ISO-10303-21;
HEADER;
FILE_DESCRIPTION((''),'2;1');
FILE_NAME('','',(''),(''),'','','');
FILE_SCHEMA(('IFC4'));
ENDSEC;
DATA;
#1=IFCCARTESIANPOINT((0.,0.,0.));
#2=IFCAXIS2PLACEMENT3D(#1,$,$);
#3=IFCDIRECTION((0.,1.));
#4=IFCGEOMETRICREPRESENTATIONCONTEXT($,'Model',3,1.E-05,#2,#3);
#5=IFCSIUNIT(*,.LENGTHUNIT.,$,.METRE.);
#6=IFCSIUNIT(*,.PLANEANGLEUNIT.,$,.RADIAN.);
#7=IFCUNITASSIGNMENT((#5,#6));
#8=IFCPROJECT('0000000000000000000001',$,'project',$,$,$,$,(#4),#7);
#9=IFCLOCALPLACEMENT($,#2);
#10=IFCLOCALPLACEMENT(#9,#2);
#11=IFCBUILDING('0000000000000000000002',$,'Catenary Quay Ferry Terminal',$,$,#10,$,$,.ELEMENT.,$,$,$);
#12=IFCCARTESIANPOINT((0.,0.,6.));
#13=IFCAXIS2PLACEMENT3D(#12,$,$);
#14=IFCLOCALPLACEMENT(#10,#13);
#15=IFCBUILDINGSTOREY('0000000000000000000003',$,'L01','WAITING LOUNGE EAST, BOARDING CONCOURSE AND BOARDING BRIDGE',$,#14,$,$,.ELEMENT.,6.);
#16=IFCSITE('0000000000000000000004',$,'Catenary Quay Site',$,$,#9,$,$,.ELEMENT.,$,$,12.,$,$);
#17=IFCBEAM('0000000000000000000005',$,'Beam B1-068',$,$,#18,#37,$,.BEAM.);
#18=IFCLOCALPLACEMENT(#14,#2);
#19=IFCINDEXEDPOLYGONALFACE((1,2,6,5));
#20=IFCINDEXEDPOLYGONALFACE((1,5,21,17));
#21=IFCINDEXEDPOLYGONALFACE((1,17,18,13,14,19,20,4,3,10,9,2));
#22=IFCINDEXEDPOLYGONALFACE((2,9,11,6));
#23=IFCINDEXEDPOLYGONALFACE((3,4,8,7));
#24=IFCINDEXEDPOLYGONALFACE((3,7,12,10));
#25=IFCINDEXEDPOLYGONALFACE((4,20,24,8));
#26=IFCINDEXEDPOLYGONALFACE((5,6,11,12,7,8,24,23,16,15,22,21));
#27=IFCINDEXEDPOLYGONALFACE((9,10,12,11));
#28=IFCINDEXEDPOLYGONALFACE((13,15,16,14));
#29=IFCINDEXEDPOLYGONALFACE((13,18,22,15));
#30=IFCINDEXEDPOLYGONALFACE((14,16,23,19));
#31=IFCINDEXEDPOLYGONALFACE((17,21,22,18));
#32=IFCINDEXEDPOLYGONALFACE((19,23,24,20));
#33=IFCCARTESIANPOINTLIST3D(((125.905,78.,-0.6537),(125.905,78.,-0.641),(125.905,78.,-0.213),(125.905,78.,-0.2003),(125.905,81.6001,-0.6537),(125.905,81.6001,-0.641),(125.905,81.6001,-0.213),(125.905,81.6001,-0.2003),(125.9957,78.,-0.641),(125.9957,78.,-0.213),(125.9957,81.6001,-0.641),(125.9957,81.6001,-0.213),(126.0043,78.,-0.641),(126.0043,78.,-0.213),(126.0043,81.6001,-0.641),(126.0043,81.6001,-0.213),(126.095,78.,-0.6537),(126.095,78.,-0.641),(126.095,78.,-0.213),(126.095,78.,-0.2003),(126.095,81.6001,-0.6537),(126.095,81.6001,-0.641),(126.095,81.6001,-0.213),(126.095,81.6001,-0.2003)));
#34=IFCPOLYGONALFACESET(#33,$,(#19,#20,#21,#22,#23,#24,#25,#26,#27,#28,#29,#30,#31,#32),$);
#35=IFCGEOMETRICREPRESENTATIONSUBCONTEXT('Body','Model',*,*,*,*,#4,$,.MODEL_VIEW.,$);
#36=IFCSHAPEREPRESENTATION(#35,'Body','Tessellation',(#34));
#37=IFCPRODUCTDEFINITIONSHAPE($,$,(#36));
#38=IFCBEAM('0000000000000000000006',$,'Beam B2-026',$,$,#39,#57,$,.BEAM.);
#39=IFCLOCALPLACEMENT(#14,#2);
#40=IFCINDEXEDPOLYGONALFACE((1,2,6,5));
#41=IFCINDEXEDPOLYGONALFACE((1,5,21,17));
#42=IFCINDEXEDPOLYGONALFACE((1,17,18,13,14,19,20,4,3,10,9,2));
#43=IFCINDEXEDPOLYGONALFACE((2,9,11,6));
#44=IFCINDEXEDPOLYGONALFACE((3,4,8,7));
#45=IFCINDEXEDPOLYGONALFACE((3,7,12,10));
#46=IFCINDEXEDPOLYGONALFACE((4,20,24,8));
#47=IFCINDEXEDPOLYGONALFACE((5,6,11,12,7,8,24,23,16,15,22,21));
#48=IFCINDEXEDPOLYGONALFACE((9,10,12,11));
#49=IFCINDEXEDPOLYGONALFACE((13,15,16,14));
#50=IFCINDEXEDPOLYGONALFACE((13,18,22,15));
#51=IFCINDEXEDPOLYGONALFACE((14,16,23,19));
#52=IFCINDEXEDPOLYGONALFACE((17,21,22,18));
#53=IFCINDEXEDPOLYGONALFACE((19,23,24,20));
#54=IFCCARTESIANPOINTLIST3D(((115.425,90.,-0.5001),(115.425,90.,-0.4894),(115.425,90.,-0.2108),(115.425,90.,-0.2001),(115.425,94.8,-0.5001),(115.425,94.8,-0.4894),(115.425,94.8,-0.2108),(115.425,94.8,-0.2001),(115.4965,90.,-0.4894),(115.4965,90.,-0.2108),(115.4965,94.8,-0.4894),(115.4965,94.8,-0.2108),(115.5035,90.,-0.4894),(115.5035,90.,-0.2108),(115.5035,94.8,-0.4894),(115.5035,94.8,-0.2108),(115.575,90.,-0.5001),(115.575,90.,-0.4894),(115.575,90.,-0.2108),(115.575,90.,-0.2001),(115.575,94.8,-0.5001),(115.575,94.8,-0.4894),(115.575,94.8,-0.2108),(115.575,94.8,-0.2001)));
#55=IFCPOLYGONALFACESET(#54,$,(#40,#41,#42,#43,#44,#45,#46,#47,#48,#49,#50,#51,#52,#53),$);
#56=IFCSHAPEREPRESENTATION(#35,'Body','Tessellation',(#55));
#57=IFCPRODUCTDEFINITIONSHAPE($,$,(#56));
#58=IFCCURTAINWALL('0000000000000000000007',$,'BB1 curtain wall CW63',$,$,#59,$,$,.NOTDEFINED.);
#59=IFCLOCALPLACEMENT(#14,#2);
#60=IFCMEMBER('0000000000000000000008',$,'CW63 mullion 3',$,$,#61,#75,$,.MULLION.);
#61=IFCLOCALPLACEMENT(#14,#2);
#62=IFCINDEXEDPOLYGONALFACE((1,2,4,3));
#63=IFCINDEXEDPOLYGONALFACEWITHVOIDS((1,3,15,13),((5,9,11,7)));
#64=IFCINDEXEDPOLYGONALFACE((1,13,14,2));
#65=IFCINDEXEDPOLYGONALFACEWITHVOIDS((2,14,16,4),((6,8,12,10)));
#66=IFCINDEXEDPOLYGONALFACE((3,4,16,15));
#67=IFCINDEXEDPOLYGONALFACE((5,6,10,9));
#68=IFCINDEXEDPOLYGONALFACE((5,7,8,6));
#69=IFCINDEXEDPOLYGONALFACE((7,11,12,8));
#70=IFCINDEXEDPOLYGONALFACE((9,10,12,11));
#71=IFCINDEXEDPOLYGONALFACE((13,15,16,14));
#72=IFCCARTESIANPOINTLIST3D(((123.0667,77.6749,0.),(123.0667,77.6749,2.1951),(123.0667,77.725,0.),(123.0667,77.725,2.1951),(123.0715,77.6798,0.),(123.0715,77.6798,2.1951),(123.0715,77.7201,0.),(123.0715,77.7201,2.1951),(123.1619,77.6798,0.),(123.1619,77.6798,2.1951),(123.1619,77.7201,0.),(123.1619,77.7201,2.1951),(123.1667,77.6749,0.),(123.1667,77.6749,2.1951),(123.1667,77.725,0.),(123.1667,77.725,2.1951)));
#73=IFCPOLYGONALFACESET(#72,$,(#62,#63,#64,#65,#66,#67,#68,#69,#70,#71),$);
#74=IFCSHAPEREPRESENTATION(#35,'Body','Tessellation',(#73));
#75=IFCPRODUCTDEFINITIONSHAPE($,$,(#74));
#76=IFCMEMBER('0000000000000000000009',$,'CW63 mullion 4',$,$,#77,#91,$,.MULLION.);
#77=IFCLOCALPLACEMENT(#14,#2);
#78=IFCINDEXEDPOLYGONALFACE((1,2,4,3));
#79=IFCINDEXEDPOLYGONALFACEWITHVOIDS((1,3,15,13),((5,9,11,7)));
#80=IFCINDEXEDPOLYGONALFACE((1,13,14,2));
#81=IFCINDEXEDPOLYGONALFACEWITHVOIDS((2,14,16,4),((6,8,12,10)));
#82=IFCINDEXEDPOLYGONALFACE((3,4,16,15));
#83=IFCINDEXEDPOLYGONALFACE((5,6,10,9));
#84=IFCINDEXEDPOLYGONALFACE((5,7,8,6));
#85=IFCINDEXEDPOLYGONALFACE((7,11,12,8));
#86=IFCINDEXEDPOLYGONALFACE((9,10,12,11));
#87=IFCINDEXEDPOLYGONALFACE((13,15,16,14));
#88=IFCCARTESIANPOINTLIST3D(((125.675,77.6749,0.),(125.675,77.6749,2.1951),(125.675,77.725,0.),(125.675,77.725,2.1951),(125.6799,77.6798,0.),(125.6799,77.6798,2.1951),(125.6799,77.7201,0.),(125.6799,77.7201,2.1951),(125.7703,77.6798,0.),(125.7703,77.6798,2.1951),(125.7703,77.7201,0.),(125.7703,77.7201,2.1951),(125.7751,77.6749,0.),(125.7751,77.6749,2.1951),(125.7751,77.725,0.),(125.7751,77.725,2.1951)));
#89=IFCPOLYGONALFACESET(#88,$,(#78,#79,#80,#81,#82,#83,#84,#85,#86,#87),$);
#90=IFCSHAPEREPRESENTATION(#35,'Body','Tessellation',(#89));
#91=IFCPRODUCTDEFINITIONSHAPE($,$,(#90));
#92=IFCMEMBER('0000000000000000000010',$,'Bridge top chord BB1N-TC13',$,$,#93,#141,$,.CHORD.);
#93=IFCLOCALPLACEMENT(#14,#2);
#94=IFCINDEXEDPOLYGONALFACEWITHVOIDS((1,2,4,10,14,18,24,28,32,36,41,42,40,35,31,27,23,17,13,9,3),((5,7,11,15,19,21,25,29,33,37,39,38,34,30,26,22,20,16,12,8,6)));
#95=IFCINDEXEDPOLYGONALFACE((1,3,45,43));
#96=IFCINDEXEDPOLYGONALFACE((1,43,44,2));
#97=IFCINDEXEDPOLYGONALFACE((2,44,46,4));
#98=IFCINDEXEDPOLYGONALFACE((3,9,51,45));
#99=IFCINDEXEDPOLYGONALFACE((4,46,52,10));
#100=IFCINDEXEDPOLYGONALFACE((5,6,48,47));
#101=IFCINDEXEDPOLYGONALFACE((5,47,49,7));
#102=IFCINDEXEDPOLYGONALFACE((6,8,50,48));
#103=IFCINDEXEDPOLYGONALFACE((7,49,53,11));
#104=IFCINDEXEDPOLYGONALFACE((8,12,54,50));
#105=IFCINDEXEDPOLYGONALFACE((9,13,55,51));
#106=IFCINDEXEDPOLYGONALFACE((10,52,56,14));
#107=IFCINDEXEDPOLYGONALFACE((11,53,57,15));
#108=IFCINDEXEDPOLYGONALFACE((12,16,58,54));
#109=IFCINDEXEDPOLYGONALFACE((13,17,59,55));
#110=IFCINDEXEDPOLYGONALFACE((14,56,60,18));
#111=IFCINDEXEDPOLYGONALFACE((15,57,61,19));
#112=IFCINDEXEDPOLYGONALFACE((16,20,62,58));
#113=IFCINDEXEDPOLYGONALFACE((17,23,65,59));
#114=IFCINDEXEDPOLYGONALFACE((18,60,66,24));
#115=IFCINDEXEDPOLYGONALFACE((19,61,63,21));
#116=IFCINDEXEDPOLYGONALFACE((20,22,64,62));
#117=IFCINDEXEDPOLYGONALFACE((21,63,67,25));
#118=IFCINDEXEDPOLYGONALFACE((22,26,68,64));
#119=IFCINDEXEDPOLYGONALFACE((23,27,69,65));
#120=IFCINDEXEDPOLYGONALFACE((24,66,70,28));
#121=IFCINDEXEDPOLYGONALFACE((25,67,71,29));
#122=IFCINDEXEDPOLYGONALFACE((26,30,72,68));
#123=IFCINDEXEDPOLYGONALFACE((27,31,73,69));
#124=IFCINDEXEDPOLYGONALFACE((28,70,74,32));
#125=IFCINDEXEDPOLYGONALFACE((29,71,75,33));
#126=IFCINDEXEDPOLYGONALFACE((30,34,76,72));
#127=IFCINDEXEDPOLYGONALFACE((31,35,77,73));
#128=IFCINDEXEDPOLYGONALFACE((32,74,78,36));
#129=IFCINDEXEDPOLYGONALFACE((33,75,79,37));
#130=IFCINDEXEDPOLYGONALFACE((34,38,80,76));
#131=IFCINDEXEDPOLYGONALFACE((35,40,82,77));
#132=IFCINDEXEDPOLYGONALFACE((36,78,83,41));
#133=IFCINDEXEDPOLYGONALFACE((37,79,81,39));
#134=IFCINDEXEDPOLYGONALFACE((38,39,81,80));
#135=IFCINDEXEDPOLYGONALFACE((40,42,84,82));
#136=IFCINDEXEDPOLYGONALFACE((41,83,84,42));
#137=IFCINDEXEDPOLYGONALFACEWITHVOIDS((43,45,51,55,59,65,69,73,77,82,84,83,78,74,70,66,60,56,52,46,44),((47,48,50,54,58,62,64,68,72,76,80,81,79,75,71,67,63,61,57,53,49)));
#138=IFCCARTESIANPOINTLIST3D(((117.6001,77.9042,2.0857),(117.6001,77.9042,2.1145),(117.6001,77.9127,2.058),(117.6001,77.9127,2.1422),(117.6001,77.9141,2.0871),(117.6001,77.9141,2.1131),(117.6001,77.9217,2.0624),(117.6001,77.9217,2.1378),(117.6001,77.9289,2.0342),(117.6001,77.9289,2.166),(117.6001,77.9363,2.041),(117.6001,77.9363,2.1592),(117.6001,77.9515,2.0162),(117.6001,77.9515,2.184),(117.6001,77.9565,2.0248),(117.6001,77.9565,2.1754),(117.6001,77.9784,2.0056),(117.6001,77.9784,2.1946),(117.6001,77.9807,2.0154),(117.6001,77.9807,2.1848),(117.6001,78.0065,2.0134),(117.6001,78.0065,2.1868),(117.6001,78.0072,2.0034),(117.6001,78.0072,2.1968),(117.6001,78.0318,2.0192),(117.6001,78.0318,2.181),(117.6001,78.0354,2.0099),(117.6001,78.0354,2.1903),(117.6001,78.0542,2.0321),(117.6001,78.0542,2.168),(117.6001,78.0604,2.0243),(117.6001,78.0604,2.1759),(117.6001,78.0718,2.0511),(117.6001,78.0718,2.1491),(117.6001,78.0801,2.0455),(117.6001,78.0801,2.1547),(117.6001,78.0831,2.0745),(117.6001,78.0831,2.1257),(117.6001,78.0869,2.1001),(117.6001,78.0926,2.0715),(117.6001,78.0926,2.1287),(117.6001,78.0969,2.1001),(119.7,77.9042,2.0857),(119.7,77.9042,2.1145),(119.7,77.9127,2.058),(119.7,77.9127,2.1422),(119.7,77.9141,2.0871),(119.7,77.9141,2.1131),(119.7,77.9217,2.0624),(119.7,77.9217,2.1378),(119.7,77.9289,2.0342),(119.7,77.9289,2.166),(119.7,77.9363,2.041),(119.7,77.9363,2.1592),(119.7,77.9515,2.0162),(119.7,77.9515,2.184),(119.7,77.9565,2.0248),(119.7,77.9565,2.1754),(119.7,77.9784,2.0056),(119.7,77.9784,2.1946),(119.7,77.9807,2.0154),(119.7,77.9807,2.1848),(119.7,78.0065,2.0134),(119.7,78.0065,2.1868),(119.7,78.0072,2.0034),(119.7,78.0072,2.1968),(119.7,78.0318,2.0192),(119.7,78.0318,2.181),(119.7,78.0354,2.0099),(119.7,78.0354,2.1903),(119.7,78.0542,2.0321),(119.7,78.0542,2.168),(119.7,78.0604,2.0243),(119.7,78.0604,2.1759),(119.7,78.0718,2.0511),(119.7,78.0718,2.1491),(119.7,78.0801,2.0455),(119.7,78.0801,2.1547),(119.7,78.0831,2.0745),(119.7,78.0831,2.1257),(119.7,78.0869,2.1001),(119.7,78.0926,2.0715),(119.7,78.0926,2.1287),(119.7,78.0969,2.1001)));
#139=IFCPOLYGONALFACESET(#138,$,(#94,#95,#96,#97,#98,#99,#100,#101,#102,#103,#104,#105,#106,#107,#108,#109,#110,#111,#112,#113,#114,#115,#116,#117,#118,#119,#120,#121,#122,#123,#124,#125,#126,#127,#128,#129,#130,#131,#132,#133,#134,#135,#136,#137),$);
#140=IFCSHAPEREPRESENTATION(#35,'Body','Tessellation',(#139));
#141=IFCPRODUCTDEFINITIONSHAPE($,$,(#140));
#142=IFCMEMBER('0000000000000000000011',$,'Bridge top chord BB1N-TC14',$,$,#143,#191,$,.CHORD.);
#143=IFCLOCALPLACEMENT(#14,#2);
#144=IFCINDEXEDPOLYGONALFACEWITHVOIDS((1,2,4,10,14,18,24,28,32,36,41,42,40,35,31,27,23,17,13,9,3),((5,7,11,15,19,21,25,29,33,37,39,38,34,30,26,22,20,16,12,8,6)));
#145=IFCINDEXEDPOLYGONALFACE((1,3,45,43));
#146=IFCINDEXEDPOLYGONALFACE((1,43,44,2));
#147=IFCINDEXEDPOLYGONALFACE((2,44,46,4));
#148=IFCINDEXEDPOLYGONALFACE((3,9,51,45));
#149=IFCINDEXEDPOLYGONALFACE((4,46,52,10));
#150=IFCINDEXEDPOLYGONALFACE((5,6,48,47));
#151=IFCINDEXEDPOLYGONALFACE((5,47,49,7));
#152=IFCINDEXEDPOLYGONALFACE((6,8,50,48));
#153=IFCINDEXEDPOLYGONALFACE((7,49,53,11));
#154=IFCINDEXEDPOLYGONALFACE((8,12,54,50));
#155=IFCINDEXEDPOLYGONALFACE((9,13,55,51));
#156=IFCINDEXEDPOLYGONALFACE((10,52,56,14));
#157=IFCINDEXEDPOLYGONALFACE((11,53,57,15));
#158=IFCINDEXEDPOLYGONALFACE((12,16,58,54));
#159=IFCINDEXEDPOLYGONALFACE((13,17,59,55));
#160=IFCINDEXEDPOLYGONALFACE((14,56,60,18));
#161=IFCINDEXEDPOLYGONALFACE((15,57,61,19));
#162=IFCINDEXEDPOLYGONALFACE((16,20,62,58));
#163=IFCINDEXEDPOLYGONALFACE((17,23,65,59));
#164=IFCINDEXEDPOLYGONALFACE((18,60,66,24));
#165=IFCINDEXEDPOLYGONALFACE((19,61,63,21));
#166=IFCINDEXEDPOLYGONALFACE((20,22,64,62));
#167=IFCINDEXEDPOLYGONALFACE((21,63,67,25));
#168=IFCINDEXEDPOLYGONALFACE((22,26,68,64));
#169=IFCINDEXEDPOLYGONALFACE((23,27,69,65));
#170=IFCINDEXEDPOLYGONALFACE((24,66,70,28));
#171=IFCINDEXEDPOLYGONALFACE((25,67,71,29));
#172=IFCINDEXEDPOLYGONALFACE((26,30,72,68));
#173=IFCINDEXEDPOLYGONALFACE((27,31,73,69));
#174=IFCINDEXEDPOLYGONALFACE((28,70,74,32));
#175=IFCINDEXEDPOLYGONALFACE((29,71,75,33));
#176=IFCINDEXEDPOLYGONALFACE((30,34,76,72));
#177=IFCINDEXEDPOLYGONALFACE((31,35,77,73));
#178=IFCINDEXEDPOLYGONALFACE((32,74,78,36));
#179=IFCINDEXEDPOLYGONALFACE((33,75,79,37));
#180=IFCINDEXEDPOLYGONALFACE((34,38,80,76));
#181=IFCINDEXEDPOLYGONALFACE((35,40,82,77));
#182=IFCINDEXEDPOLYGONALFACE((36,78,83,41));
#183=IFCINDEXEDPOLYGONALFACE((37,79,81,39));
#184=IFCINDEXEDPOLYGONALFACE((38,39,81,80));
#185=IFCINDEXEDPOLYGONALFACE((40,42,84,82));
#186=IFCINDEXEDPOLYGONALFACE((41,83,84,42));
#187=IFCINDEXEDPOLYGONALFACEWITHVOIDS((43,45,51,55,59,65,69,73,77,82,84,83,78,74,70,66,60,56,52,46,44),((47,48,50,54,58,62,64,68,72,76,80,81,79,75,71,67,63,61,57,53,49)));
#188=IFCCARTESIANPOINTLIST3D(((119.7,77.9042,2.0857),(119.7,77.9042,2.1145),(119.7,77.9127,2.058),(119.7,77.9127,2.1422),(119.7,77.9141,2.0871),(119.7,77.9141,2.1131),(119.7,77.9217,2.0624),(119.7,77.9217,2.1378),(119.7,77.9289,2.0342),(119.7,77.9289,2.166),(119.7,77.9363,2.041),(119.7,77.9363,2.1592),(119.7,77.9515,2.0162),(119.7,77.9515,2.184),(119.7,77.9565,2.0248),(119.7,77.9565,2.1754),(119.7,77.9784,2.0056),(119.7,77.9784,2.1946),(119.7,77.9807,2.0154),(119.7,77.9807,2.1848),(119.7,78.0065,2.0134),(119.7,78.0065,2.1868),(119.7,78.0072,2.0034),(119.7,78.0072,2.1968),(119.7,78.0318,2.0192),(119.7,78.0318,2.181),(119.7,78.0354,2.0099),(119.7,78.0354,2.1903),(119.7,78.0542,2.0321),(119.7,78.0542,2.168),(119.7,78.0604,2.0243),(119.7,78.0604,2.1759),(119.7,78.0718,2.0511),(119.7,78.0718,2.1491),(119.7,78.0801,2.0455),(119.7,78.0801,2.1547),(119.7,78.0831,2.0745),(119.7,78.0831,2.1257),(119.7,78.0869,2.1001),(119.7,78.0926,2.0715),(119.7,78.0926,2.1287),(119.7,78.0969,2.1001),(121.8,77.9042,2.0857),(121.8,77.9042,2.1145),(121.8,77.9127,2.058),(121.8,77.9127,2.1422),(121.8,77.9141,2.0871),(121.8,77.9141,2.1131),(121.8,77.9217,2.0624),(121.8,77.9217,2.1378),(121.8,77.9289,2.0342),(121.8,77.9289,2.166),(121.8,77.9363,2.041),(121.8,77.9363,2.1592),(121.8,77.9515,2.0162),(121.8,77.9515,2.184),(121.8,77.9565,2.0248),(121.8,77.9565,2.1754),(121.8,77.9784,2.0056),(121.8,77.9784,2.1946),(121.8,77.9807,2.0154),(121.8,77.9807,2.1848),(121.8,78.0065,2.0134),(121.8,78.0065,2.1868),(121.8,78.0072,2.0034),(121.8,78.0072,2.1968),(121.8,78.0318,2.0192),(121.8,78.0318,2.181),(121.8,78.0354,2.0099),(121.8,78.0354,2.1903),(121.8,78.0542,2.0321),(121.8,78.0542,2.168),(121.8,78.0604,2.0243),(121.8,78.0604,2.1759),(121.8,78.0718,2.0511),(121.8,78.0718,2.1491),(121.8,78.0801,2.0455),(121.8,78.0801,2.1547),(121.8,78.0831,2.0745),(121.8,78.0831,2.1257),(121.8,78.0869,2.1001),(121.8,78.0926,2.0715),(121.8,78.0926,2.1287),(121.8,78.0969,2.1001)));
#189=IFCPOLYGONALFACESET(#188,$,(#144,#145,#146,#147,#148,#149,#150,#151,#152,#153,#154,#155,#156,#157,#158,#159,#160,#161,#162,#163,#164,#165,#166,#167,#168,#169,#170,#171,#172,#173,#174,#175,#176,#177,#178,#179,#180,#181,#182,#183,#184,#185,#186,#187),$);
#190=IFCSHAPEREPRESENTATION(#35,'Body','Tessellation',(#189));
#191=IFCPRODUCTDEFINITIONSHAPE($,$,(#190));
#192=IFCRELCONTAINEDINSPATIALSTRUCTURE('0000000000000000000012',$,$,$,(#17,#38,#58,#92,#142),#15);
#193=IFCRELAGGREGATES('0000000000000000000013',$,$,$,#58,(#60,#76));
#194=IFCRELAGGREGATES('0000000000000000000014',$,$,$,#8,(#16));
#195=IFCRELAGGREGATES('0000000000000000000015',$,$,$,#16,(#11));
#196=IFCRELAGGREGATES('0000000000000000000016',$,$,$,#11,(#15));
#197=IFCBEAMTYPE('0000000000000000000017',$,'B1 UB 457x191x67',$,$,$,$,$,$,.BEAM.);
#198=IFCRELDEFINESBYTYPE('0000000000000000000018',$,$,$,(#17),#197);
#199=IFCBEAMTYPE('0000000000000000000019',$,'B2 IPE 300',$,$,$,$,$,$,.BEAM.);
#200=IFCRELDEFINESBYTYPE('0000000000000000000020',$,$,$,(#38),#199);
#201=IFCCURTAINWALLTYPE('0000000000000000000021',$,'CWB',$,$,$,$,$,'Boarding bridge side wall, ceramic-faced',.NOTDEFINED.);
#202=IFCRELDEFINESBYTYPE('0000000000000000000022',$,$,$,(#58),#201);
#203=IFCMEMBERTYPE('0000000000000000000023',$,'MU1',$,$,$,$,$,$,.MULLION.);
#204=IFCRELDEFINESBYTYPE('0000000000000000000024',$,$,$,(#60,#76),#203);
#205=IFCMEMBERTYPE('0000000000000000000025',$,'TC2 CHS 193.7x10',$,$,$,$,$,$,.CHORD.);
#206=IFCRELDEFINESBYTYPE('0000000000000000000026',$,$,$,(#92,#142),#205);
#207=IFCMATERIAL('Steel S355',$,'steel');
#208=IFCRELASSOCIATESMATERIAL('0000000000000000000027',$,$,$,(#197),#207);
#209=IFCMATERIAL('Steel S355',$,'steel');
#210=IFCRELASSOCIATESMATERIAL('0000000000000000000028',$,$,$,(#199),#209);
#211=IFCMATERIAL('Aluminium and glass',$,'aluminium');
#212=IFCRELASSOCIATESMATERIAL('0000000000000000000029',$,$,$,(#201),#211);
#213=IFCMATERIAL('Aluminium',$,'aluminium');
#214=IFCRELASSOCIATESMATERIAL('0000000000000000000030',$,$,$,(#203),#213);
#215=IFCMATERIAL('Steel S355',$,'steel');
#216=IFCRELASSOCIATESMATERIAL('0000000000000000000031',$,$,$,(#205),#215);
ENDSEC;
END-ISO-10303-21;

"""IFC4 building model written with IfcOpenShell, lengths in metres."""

from ifc_helpers import new_model, si_unit, direction, frame, origin, origin_2d, place, context, subcontext, project, spatial, hollow_rectangle, hollow_circle, i_section, extrude, material, material_profile, profile_set, type_object, element, aggregate, save


model = new_model("IFC4")

# Units and contexts
model_context = context("Model", 3, precision=1e-05, world=origin(), true_north=direction((0.0, 1.0)))
body_context = subcontext(model_context, "Body", "Model", "MODEL_VIEW")
ifc_project = project(units=[si_unit("LENGTHUNIT", "METRE"), si_unit("PLANEANGLEUNIT", "RADIAN")], contexts=[model_context])

# Site, building, storey
site_placement = place(None, origin())
site = spatial("IfcSite", under=ifc_project, at=site_placement, Name="Catenary Quay Site", CompositionType="ELEMENT", RefElevation=12.0)
building_placement = place(site_placement, origin())
building = spatial("IfcBuilding", under=site, at=building_placement, Name="Catenary Quay Ferry Terminal", CompositionType="ELEMENT")
storey_placement = place(building_placement, frame((0.0, 0.0, 6.0)))
storey = spatial("IfcBuildingStorey", under=building, at=storey_placement, Name="L01", Description="WAITING LOUNGE EAST, BOARDING CONCOURSE AND BOARDING BRIDGE", CompositionType="ELEMENT", Elevation=6.0)

# Beams
ifc_material_1 = material(Name="Steel S355", Category="steel")
ifc_material_profile_1 = material_profile(ifc_material_1, i_section(OverallWidth=0.1899, OverallDepth=0.4534, WebThickness=0.0085, FlangeThickness=0.0127, at=origin_2d()), Name="UB 457x191x67")
ifc_profile_set_1 = profile_set([ifc_material_profile_1], Name="Steel S355")
beam_type_1 = type_object("IfcBeamType", Name="B1 UB 457x191x67", PredefinedType="BEAM", material=ifc_profile_set_1)
beam_1_placement = place(storey_placement, frame((126.0, 78.0, -0.427), z_axis=(0.0, 1.0, 0.0), x_axis=(-1.0, 0.0, 0.0)))
element("IfcBeam", 1, at=beam_1_placement, inside=storey, type_object=beam_type_1, Name="Beam B1-068", PredefinedType="BEAM", context=body_context, shape_type="SweptSolid", body=[
    extrude(i_section(OverallWidth=0.1899, OverallDepth=0.4534, WebThickness=0.0085, FlangeThickness=0.0127, at=origin_2d()), origin(), (0.0, 0.0, 1.0), 3.6001),
])
ifc_material_2 = material(Name="Steel S355", Category="steel")
ifc_material_profile_2 = material_profile(ifc_material_2, i_section(OverallWidth=0.1499, OverallDepth=0.3, WebThickness=0.0071, FlangeThickness=0.0107, at=origin_2d()), Name="IPE 300")
ifc_profile_set_2 = profile_set([ifc_material_profile_2], Name="Steel S355")
beam_type_2 = type_object("IfcBeamType", Name="B2 IPE 300", PredefinedType="BEAM", material=ifc_profile_set_2)
beam_2_placement = place(storey_placement, frame((115.5, 90.0, -0.3501), z_axis=(0.0, 1.0, 0.0), x_axis=(-1.0, 0.0, 0.0)))
element("IfcBeam", 2, at=beam_2_placement, inside=storey, type_object=beam_type_2, Name="Beam B2-026", PredefinedType="BEAM", context=body_context, shape_type="SweptSolid", body=[
    extrude(i_section(OverallWidth=0.1499, OverallDepth=0.3, WebThickness=0.0071, FlangeThickness=0.0107, at=origin_2d()), origin(), (0.0, 0.0, 1.0), 4.8),
])

# Curtain wall, members
ifc_material_3 = material(Name="Aluminium and glass", Category="aluminium")
curtain_wall_type = type_object("IfcCurtainWallType", Name="CWB", ElementType="Boarding bridge side wall, ceramic-faced", PredefinedType="NOTDEFINED", material=ifc_material_3)
curtain_wall_placement = place(storey_placement, origin())
curtain_wall = element("IfcCurtainWall", 3, at=curtain_wall_placement, inside=storey, type_object=curtain_wall_type, Name="BB1 curtain wall CW63", PredefinedType="NOTDEFINED")
ifc_material_4 = material(Name="Aluminium", Category="aluminium")
ifc_material_profile_3 = material_profile(ifc_material_4, hollow_rectangle(XDim=0.05, YDim=0.1001, WallThickness=0.0049, at=origin_2d()), Name="MU1")
ifc_profile_set_3 = profile_set([ifc_material_profile_3], Name="Aluminium")
member_type_1 = type_object("IfcMemberType", Name="MU1", PredefinedType="MULLION", material=ifc_profile_set_3)
member_1_placement = place(storey_placement, frame((123.1167, 77.7, 0.0), z_axis=(0.0, 0.0, 1.0), x_axis=(0.0, 1.0, 0.0)))
member_1 = element("IfcMember", 4, at=member_1_placement, type_object=member_type_1, Name="CW63 mullion 3", PredefinedType="MULLION", context=body_context, shape_type="SweptSolid", body=[
    extrude(hollow_rectangle(XDim=0.05, YDim=0.1001, WallThickness=0.0049, at=origin_2d()), origin(), (0.0, 0.0, 1.0), 2.1951),
])
member_2_placement = place(storey_placement, frame((125.7251, 77.7, 0.0), z_axis=(0.0, 0.0, 1.0), x_axis=(0.0, 1.0, 0.0)))
member_2 = element("IfcMember", 5, at=member_2_placement, type_object=member_type_1, Name="CW63 mullion 4", PredefinedType="MULLION", context=body_context, shape_type="SweptSolid", body=[
    extrude(hollow_rectangle(XDim=0.05, YDim=0.1001, WallThickness=0.0049, at=origin_2d()), origin(), (0.0, 0.0, 1.0), 2.1951),
])

# Members
ifc_material_5 = material(Name="Steel S355", Category="steel")
ifc_material_profile_4 = material_profile(ifc_material_5, hollow_circle(Radius=0.0969, WallThickness=0.01, at=origin_2d()), Name="CHS 193.7x10")
ifc_profile_set_4 = profile_set([ifc_material_profile_4], Name="Steel S355")
member_type_2 = type_object("IfcMemberType", Name="TC2 CHS 193.7x10", PredefinedType="CHORD", material=ifc_profile_set_4)
member_3_placement = place(storey_placement, frame((117.6001, 78.0, 2.1001), z_axis=(1.0, 0.0, 0.0), x_axis=(0.0, 1.0, 0.0)))
element("IfcMember", 6, at=member_3_placement, inside=storey, type_object=member_type_2, Name="Bridge top chord BB1N-TC13", PredefinedType="CHORD", context=body_context, shape_type="SweptSolid", body=[
    extrude(hollow_circle(Radius=0.0969, WallThickness=0.01, at=origin_2d()), origin(), (0.0, 0.0, 1.0), 2.0999),
])
member_4_placement = place(storey_placement, frame((119.7, 78.0, 2.1001), z_axis=(1.0, 0.0, 0.0), x_axis=(0.0, 1.0, 0.0)))
element("IfcMember", 7, at=member_4_placement, inside=storey, type_object=member_type_2, Name="Bridge top chord BB1N-TC14", PredefinedType="CHORD", context=body_context, shape_type="SweptSolid", body=[
    extrude(hollow_circle(Radius=0.0969, WallThickness=0.01, at=origin_2d()), origin(), (0.0, 0.0, 1.0), 2.1001),
])

aggregate(curtain_wall, [member_1, member_2])

save(model, "model.ifc")
